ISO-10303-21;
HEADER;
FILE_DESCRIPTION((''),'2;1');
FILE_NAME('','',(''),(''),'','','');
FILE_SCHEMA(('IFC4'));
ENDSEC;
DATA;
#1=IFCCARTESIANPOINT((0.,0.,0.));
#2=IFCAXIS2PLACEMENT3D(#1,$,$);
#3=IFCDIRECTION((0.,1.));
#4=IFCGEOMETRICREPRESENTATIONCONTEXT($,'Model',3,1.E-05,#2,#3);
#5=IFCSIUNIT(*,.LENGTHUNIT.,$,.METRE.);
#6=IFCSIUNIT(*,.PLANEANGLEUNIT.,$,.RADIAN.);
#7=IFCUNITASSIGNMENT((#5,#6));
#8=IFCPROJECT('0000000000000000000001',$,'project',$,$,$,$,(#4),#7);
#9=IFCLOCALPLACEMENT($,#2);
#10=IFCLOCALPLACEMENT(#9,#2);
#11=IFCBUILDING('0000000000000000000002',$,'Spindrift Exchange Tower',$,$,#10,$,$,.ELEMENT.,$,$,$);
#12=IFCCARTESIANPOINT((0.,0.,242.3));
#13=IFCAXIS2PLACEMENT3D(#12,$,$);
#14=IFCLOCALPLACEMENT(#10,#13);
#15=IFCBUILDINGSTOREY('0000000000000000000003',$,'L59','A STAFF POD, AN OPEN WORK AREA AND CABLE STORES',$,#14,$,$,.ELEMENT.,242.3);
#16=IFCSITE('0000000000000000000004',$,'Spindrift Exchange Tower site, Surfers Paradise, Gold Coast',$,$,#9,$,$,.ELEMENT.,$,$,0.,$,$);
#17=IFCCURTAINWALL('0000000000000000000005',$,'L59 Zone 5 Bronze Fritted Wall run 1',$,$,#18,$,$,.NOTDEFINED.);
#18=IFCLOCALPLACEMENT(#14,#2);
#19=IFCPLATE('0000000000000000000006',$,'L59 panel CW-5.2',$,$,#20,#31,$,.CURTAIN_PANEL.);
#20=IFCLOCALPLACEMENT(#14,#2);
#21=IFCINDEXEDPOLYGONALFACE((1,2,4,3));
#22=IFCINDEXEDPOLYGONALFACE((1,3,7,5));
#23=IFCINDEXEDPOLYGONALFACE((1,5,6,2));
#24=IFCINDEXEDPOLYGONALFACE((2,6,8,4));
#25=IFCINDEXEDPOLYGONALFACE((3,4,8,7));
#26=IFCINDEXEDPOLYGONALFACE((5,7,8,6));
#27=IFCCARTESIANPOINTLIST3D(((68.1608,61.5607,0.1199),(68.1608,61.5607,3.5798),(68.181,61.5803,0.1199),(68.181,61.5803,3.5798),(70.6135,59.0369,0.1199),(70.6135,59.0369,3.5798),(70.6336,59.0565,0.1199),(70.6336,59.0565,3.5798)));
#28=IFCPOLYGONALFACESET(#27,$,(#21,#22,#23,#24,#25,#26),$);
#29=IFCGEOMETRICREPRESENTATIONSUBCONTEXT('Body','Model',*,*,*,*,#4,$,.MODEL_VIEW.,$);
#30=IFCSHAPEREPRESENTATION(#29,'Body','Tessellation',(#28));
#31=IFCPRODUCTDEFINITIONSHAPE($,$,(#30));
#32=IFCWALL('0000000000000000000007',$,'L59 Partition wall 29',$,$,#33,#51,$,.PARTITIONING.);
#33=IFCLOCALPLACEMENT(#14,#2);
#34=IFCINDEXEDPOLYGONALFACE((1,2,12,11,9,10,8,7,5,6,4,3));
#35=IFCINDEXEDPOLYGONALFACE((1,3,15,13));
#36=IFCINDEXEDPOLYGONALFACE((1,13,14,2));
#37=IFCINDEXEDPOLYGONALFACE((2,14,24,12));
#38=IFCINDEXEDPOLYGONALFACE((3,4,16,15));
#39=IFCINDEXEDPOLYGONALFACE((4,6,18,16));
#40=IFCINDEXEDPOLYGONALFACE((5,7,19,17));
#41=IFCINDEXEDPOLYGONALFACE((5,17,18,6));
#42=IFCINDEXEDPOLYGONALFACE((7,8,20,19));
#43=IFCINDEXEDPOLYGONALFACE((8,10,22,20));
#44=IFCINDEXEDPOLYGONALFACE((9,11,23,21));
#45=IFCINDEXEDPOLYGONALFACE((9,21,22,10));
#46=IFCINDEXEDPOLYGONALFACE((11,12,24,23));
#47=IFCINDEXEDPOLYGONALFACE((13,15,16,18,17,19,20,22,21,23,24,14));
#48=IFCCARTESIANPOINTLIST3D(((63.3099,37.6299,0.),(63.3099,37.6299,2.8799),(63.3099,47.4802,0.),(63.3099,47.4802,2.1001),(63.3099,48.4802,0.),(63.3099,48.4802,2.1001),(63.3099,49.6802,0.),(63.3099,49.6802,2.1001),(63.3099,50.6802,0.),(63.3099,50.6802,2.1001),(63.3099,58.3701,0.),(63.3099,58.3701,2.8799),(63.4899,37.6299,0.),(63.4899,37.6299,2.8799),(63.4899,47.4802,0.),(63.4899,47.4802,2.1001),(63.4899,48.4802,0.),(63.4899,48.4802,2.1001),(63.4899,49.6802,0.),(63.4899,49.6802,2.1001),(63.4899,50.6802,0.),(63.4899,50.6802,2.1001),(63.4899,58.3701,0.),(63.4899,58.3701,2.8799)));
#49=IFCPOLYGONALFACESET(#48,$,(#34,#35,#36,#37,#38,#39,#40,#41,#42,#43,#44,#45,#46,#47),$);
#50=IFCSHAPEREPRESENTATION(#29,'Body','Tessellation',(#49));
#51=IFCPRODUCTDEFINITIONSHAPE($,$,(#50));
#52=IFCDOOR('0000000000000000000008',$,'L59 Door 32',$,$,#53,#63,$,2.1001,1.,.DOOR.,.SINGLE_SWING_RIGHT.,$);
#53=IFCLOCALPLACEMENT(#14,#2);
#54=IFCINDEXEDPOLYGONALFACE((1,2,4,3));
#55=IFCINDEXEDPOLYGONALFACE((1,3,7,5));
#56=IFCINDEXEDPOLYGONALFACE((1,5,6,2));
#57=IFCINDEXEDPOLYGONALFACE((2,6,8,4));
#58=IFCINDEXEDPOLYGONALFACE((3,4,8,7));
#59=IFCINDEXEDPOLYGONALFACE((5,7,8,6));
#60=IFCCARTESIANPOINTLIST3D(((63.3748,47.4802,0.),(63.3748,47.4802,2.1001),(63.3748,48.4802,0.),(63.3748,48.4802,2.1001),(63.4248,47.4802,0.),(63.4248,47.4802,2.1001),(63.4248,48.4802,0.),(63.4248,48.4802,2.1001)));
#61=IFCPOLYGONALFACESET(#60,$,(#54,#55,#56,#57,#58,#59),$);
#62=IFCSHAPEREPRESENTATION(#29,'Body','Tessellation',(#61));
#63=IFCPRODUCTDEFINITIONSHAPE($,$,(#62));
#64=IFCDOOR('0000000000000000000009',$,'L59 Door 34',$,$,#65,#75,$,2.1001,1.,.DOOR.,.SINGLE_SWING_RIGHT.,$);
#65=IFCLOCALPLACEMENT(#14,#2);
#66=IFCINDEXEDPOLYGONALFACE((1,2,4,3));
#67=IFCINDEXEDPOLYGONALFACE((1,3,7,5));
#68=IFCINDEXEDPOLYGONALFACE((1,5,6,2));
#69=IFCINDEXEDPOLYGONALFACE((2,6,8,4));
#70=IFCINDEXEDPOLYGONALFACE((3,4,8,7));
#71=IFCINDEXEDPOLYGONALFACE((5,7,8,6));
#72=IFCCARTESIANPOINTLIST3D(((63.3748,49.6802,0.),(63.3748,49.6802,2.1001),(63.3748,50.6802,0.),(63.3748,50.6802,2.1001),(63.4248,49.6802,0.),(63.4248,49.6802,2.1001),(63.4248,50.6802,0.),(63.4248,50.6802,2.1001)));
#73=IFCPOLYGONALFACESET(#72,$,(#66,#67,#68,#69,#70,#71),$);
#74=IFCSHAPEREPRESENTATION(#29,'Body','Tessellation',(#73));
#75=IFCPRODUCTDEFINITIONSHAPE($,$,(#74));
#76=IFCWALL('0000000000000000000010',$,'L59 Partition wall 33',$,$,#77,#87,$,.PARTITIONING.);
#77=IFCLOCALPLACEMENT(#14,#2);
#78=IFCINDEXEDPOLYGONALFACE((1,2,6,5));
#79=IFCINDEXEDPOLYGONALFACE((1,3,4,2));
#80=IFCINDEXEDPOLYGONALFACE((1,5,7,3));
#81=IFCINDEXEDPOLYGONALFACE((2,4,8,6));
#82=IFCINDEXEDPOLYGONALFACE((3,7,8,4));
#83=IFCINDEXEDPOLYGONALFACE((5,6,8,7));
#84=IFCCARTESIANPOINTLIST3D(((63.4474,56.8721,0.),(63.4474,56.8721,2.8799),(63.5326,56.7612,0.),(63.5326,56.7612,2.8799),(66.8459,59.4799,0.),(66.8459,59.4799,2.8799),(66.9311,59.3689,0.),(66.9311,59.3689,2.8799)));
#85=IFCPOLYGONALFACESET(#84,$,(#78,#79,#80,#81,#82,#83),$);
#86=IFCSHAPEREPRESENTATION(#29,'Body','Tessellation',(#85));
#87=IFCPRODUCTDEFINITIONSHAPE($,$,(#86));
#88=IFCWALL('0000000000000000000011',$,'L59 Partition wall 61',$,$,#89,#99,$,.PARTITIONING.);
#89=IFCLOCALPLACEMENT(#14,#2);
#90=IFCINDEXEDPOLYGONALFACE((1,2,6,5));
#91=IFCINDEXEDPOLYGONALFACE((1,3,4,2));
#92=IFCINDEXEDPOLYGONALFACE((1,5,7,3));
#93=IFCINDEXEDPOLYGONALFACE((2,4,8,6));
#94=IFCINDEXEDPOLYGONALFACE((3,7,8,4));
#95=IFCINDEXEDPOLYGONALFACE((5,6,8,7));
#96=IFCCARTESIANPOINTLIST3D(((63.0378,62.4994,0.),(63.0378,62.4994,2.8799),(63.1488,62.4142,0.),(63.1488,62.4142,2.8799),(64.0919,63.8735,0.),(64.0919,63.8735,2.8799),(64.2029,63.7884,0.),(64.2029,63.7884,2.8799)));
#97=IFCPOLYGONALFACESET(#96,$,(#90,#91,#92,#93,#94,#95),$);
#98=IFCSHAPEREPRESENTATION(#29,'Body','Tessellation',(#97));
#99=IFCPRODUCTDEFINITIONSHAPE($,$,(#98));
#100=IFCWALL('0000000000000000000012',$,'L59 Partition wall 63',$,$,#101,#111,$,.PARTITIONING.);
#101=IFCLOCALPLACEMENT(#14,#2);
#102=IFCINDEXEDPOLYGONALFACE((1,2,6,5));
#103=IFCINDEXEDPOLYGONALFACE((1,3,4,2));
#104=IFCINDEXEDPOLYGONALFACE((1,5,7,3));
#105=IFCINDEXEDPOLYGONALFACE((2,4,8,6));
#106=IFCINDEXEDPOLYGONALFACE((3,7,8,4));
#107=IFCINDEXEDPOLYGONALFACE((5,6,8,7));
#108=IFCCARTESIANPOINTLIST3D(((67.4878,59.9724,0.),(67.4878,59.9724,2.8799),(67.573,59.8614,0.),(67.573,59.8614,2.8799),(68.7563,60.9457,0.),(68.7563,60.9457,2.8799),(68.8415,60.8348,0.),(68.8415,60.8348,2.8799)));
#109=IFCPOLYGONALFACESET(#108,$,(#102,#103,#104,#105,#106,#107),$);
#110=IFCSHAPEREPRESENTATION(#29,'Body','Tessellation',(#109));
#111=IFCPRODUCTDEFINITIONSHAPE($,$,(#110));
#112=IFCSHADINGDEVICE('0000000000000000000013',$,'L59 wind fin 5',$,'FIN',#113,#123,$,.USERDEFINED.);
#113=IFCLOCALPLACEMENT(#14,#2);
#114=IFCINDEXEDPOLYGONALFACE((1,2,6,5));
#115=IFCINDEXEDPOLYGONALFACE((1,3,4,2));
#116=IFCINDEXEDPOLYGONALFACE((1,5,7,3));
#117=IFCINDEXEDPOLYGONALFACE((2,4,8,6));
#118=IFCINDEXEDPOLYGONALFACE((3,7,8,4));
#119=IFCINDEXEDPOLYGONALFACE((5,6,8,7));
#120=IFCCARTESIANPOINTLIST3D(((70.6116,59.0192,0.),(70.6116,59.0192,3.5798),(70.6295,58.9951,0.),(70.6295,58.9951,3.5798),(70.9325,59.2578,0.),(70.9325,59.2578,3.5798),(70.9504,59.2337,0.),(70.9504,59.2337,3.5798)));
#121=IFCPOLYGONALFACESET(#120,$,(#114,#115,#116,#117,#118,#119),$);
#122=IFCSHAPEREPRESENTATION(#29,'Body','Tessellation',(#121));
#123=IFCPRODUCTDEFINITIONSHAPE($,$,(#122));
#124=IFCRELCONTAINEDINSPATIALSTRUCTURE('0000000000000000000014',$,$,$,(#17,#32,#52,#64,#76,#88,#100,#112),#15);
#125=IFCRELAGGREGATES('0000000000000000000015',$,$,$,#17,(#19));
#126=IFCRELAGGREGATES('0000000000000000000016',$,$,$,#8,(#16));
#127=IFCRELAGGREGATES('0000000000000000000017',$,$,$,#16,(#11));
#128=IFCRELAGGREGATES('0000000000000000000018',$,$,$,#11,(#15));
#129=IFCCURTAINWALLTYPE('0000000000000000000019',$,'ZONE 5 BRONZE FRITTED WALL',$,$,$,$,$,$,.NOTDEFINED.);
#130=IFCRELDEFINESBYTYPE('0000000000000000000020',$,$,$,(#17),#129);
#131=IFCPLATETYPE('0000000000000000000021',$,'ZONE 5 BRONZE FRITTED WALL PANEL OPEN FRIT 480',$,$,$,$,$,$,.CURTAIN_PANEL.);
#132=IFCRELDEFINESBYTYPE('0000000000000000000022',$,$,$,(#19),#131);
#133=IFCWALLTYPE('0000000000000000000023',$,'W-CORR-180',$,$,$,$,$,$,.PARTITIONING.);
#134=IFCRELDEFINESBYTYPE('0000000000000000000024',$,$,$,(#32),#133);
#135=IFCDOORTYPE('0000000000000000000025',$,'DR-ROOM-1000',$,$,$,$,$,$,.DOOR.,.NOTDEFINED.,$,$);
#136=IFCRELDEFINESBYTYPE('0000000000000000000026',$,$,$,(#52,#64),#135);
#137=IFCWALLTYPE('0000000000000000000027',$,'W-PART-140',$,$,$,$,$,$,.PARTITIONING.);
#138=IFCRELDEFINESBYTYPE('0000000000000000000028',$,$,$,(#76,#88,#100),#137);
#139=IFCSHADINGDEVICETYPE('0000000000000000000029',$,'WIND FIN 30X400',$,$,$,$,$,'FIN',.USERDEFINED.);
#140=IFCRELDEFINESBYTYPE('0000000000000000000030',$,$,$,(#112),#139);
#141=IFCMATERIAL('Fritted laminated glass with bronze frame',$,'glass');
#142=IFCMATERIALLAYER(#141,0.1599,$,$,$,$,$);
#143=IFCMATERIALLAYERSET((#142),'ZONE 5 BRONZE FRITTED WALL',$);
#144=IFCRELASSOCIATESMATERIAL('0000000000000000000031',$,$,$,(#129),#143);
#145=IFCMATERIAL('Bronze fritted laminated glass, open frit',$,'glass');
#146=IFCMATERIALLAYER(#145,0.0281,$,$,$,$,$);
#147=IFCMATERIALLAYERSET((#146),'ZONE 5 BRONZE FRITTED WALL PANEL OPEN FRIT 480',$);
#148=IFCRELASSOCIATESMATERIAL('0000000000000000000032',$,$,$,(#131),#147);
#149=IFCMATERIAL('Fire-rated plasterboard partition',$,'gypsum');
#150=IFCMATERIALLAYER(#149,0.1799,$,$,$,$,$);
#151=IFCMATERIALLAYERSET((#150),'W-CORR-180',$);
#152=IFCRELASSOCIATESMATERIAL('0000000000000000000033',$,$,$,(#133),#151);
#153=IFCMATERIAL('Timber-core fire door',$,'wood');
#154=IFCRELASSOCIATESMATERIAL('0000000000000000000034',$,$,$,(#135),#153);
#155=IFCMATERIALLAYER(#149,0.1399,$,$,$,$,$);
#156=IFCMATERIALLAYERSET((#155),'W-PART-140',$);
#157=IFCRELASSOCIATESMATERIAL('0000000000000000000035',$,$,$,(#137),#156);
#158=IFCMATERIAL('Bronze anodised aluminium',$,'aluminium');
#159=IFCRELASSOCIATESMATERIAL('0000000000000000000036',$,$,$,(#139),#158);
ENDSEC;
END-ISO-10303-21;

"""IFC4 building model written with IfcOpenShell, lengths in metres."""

from ifc_helpers import new_model, si_unit, direction, frame, frame_2d, origin, origin_2d, place, context, subcontext, project, spatial, rectangle, extrude, source, transform, mapped, material, layer, layer_set, material_profile, profile_set, type_object, element, fill, aggregate, save


model = new_model("IFC4")

# Units and contexts
model_context = context("Model", 3, precision=1e-05, world=origin(), true_north=direction((0.0, 1.0)))
body_context = subcontext(model_context, "Body", "Model", "MODEL_VIEW")
ifc_project = project(units=[si_unit("LENGTHUNIT", "METRE"), si_unit("PLANEANGLEUNIT", "RADIAN")], contexts=[model_context])

# Site, building, storey
site_placement = place(None, origin())
site = spatial("IfcSite", under=ifc_project, at=site_placement, Name="Spindrift Exchange Tower site, Surfers Paradise, Gold Coast", CompositionType="ELEMENT", RefElevation=0.0)
building_placement = place(site_placement, origin())
building = spatial("IfcBuilding", under=site, at=building_placement, Name="Spindrift Exchange Tower", CompositionType="ELEMENT")
storey_placement = place(building_placement, frame((0.0, 0.0, 242.3)))
storey = spatial("IfcBuildingStorey", under=building, at=storey_placement, Name="L59", Description="A STAFF POD, AN OPEN WORK AREA AND CABLE STORES", CompositionType="ELEMENT", Elevation=242.3)

# Curtain wall, plate
ifc_material_1 = material(Name="Fritted laminated glass with bronze frame", Category="glass")
ifc_layer_1 = layer(ifc_material_1, 0.1599)
ifc_layer_set_1 = layer_set([ifc_layer_1], Name="ZONE 5 BRONZE FRITTED WALL")
curtain_wall_type = type_object("IfcCurtainWallType", Name="ZONE 5 BRONZE FRITTED WALL", PredefinedType="NOTDEFINED", material=ifc_layer_set_1)
curtain_wall_placement = place(storey_placement, origin())
curtain_wall = element("IfcCurtainWall", 1, at=curtain_wall_placement, inside=storey, type_object=curtain_wall_type, Name="L59 Zone 5 Bronze Fritted Wall run 1", PredefinedType="NOTDEFINED")
ifc_material_2 = material(Name="Bronze anodised aluminium", Category="aluminium")
ifc_material_3 = material(Name="Bronze fritted laminated glass, open frit", Category="glass")
ifc_layer_2 = layer(ifc_material_3, 0.0281)
ifc_layer_set_2 = layer_set([ifc_layer_2], Name="ZONE 5 BRONZE FRITTED WALL PANEL OPEN FRIT 480")
plate_type_1 = type_object("IfcPlateType", Name="ZONE 5 BRONZE FRITTED WALL PANEL OPEN FRIT 480", PredefinedType="CURTAIN_PANEL", material=ifc_layer_set_2)
shared_shape_1 = source(origin(), body_context, "Body", "SweptSolid", [
    extrude(rectangle(XDim=3.5193, YDim=0.0281, at=origin_2d()), origin(), (0.0, 0.0, 1.0), 3.46),
])
plate_1_placement = place(storey_placement, frame((69.3972, 60.3086, 0.1199), z_axis=(0.0, 0.0, 1.0), x_axis=(-0.696921, 0.717148, 0.0)))
plate_1 = element("IfcPlate", 2, at=plate_1_placement, type_object=plate_type_1, Name="L59 panel CW-5.2", PredefinedType="CURTAIN_PANEL", context=body_context, shape_type="MappedRepresentation", body=[
    mapped(shared_shape_1, transform((0.0, 0.0, 0.0), scale=1.0)),
])
aggregate(curtain_wall, [plate_1])

# Wall, openings, doors
ifc_material_4 = material(Name="Fire-rated plasterboard partition", Category="gypsum")
ifc_layer_3 = layer(ifc_material_4, 0.1799)
ifc_layer_set_3 = layer_set([ifc_layer_3], Name="W-CORR-180")
wall_type_1 = type_object("IfcWallType", Name="W-CORR-180", PredefinedType="PARTITIONING", material=ifc_layer_set_3)
wall_1_placement = place(storey_placement, frame((63.3999, 58.3701, 0.0), z_axis=(0.0, 0.0, 1.0), x_axis=(0.0, -1.0, 0.0)))
wall_1 = element("IfcWall", 3, at=wall_1_placement, inside=storey, type_object=wall_type_1, Name="L59 Partition wall 29", PredefinedType="PARTITIONING", context=body_context, shape_type="SweptSolid", body=[
    extrude(rectangle(XDim=20.7402, YDim=0.1799, at=frame_2d((10.3701, 0.0))), origin(), (0.0, 0.0, 1.0), 2.8799),
])
opening_1_placement = place(wall_1_placement, frame((9.8899, 0.0, 0.0)))
opening_1 = element("IfcOpeningElement", 4, at=opening_1_placement, cuts=wall_1, PredefinedType="OPENING", context=body_context, shape_type="SweptSolid", body=[
    extrude(rectangle(XDim=1.0, YDim=2.1001, at=frame_2d((0.5, 1.05))), frame((0.0, 0.0999, 0.0), z_axis=(0.0, -1.0, 0.0), x_axis=(1.0, 0.0, 0.0)), (0.0, 0.0, 1.0), 0.2),
])
opening_2_placement = place(wall_1_placement, frame((7.6899, 0.0, 0.0)))
opening_2 = element("IfcOpeningElement", 5, at=opening_2_placement, cuts=wall_1, PredefinedType="OPENING", context=body_context, shape_type="SweptSolid", body=[
    extrude(rectangle(XDim=1.0, YDim=2.1001, at=frame_2d((0.5, 1.05))), frame((0.0, 0.0999, 0.0), z_axis=(0.0, -1.0, 0.0), x_axis=(1.0, 0.0, 0.0)), (0.0, 0.0, 1.0), 0.2),
])
ifc_material_5 = material(Name="Timber-core fire door", Category="wood")
door_type = type_object("IfcDoorType", Name="DR-ROOM-1000", OperationType="NOTDEFINED", PredefinedType="DOOR", material=ifc_material_5)
shared_shape_2 = source(origin(), body_context, "Body", "SweptSolid", [
    extrude(rectangle(XDim=1.0, YDim=2.1001, at=frame_2d((0.5, 1.05))), frame((0.0, 0.0249, 0.0), z_axis=(0.0, -1.0, 0.0), x_axis=(1.0, 0.0, 0.0)), (0.0, 0.0, 1.0), 0.05),
])
door_1_placement = place(opening_1_placement, origin())
door_1 = element("IfcDoor", 6, at=door_1_placement, inside=storey, type_object=door_type, Name="L59 Door 32", OperationType="SINGLE_SWING_RIGHT", OverallHeight=2.1001, OverallWidth=1.0, PredefinedType="DOOR", context=body_context, shape_type="MappedRepresentation", body=[
    mapped(shared_shape_2, transform((0.0, 0.0, 0.0), scale=1.0)),
])
fill(opening_1, door_1)
door_2_placement = place(opening_2_placement, origin())
door_2 = element("IfcDoor", 7, at=door_2_placement, inside=storey, type_object=door_type, Name="L59 Door 34", OperationType="SINGLE_SWING_RIGHT", OverallHeight=2.1001, OverallWidth=1.0, PredefinedType="DOOR", context=body_context, shape_type="MappedRepresentation", body=[
    mapped(shared_shape_2, transform((0.0, 0.0, 0.0), scale=1.0)),
])
fill(opening_2, door_2)

# Walls
ifc_layer_4 = layer(ifc_material_4, 0.1399)
ifc_layer_set_4 = layer_set([ifc_layer_4], Name="W-PART-140")
wall_type_2 = type_object("IfcWallType", Name="W-PART-140", PredefinedType="PARTITIONING", material=ifc_layer_set_4)
wall_2_placement = place(storey_placement, frame((63.49, 56.8167, 0.0), z_axis=(0.0, 0.0, 1.0), x_axis=(0.793359, 0.608755, 0.0)))
element("IfcWall", 8, at=wall_2_placement, inside=storey, type_object=wall_type_2, Name="L59 Partition wall 33", PredefinedType="PARTITIONING", context=body_context, shape_type="SweptSolid", body=[
    extrude(rectangle(XDim=4.2837, YDim=0.1399, at=frame_2d((2.1418, 0.0))), origin(), (0.0, 0.0, 1.0), 2.8799),
])
wall_3_placement = place(storey_placement, frame((63.0933, 62.4568, 0.0), z_axis=(0.0, 0.0, 1.0), x_axis=(0.608648, 0.793441, 0.0)))
element("IfcWall", 9, at=wall_3_placement, inside=storey, type_object=wall_type_2, Name="L59 Partition wall 61", PredefinedType="PARTITIONING", context=body_context, shape_type="SweptSolid", body=[
    extrude(rectangle(XDim=1.7319, YDim=0.1399, at=frame_2d((0.866, 0.0))), origin(), (0.0, 0.0, 1.0), 2.8799),
])
wall_4_placement = place(storey_placement, frame((67.5305, 59.917, 0.0), z_axis=(0.0, 0.0, 1.0), x_axis=(0.793356, 0.608758, 0.0)))
element("IfcWall", 10, at=wall_4_placement, inside=storey, type_object=wall_type_2, Name="L59 Partition wall 63", PredefinedType="PARTITIONING", context=body_context, shape_type="SweptSolid", body=[
    extrude(rectangle(XDim=1.5989, YDim=0.1399, at=frame_2d((0.7993, 0.0))), origin(), (0.0, 0.0, 1.0), 2.8799),
])

# Shading device
ifc_material_profile_1 = material_profile(ifc_material_2, rectangle(XDim=0.03, YDim=0.3999, at=origin_2d()), Name="WIND FIN 30X400")
ifc_profile_set_1 = profile_set([ifc_material_profile_1], Name="Bronze anodised aluminium")
shading_device_type = type_object("IfcShadingDeviceType", Name="WIND FIN 30X400", ElementType="FIN", PredefinedType="USERDEFINED", material=ifc_profile_set_1)
shared_shape_3 = source(origin(), body_context, "Body", "SweptSolid", [
    extrude(rectangle(XDim=0.03, YDim=0.3999, at=origin_2d()), origin(), (0.0, 0.0, 1.0), 3.5798),
])
shading_device_placement = place(storey_placement, frame((70.781, 59.1265, 0.0), z_axis=(0.0, 0.0, 1.0), x_axis=(-0.596563, 0.802567, 0.0)))
element("IfcShadingDevice", 11, at=shading_device_placement, inside=storey, type_object=shading_device_type, Name="L59 wind fin 5", ObjectType="FIN", PredefinedType="USERDEFINED", context=body_context, shape_type="MappedRepresentation", body=[
    mapped(shared_shape_3, transform((0.0, 0.0, 0.0), scale=1.0)),
])

save(model, "model.ifc")
